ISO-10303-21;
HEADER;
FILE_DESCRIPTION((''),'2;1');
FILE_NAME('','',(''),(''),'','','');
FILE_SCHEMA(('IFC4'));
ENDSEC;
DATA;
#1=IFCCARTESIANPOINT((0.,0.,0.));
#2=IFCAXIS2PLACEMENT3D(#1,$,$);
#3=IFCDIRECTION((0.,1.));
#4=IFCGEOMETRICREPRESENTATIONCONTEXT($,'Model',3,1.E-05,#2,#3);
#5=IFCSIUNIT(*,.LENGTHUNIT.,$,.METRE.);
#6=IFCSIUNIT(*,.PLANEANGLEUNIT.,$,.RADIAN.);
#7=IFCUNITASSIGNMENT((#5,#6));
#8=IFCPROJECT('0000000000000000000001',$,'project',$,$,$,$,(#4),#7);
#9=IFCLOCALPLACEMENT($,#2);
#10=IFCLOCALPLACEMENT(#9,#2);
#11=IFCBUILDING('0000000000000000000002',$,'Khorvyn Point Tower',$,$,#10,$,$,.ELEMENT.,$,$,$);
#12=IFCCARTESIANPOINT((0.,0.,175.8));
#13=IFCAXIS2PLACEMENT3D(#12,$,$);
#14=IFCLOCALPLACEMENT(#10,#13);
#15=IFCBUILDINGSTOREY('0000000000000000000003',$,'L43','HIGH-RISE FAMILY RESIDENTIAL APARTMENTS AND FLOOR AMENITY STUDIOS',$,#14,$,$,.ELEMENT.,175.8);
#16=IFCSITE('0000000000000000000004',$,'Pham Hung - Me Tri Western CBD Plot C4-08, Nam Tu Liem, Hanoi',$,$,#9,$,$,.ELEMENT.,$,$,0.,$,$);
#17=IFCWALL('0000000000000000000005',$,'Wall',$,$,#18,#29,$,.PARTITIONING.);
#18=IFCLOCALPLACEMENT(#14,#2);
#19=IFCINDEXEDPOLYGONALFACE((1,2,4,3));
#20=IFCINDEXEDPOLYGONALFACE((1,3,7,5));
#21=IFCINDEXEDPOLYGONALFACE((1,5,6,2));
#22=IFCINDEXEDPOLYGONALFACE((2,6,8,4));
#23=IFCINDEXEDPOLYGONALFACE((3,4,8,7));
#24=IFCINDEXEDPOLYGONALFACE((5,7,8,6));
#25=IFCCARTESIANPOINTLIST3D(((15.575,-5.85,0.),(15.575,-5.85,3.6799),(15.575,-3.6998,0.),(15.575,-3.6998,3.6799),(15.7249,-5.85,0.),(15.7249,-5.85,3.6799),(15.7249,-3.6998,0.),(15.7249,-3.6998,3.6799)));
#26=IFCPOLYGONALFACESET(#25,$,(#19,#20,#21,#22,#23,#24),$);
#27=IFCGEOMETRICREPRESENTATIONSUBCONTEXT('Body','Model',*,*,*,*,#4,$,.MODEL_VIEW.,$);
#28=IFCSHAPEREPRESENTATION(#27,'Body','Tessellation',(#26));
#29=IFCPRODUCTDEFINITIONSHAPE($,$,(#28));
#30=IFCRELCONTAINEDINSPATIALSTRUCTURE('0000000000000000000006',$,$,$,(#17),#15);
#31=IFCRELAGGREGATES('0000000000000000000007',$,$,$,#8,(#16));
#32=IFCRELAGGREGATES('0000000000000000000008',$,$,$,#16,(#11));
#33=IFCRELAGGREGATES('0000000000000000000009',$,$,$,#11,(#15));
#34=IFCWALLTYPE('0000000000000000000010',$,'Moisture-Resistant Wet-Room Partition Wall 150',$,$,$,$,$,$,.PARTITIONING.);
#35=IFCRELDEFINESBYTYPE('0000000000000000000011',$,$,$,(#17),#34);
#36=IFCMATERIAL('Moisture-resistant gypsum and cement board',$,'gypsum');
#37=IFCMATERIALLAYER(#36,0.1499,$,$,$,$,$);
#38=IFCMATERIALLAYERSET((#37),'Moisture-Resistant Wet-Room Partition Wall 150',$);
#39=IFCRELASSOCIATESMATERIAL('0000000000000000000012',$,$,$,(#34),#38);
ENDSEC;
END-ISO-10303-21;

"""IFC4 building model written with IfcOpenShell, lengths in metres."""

from ifc_helpers import new_model, si_unit, direction, frame, frame_2d, origin, place, context, subcontext, project, spatial, rectangle, extrude, material, layer, layer_set, type_object, element, save


model = new_model("IFC4")

# Units and contexts
model_context = context("Model", 3, precision=1e-05, world=origin(), true_north=direction((0.0, 1.0)))
body_context = subcontext(model_context, "Body", "Model", "MODEL_VIEW")
ifc_project = project(units=[si_unit("LENGTHUNIT", "METRE"), si_unit("PLANEANGLEUNIT", "RADIAN")], contexts=[model_context])

# Site, building, storey
site_placement = place(None, origin())
site = spatial("IfcSite", under=ifc_project, at=site_placement, Name="Pham Hung - Me Tri Western CBD Plot C4-08, Nam Tu Liem, Hanoi", CompositionType="ELEMENT", RefElevation=0.0)
building_placement = place(site_placement, origin())
building = spatial("IfcBuilding", under=site, at=building_placement, Name="Khorvyn Point Tower", CompositionType="ELEMENT")
storey_placement = place(building_placement, frame((0.0, 0.0, 175.8)))
storey = spatial("IfcBuildingStorey", under=building, at=storey_placement, Name="L43", Description="HIGH-RISE FAMILY RESIDENTIAL APARTMENTS AND FLOOR AMENITY STUDIOS", CompositionType="ELEMENT", Elevation=175.8)

# Shared definitions
ifc_material_1 = material(Name="Moisture-resistant gypsum and cement board", Category="gypsum")
ifc_layer_1 = layer(ifc_material_1, 0.1499)
ifc_layer_set_1 = layer_set([ifc_layer_1], Name="Moisture-Resistant Wet-Room Partition Wall 150")
wall_type_1 = type_object("IfcWallType", Name="Moisture-Resistant Wet-Room Partition Wall 150", PredefinedType="PARTITIONING", material=ifc_layer_set_1)

# Wall
wall_1_placement = place(storey_placement, frame((15.6499, -5.8501, 0.0), z_axis=(0.0, 0.0, 1.0), x_axis=(0.0, 1.0, 0.0)))
element("IfcWall", 1, at=wall_1_placement, inside=storey, type_object=wall_type_1, Name="Wall", PredefinedType="PARTITIONING", context=body_context, shape_type="SweptSolid", body=[
    extrude(rectangle(XDim=2.1501, YDim=0.1499, at=frame_2d((1.0752, 0.0))), origin(), (0.0, 0.0, 1.0), 3.6799),
])

save(model, "model.ifc")
